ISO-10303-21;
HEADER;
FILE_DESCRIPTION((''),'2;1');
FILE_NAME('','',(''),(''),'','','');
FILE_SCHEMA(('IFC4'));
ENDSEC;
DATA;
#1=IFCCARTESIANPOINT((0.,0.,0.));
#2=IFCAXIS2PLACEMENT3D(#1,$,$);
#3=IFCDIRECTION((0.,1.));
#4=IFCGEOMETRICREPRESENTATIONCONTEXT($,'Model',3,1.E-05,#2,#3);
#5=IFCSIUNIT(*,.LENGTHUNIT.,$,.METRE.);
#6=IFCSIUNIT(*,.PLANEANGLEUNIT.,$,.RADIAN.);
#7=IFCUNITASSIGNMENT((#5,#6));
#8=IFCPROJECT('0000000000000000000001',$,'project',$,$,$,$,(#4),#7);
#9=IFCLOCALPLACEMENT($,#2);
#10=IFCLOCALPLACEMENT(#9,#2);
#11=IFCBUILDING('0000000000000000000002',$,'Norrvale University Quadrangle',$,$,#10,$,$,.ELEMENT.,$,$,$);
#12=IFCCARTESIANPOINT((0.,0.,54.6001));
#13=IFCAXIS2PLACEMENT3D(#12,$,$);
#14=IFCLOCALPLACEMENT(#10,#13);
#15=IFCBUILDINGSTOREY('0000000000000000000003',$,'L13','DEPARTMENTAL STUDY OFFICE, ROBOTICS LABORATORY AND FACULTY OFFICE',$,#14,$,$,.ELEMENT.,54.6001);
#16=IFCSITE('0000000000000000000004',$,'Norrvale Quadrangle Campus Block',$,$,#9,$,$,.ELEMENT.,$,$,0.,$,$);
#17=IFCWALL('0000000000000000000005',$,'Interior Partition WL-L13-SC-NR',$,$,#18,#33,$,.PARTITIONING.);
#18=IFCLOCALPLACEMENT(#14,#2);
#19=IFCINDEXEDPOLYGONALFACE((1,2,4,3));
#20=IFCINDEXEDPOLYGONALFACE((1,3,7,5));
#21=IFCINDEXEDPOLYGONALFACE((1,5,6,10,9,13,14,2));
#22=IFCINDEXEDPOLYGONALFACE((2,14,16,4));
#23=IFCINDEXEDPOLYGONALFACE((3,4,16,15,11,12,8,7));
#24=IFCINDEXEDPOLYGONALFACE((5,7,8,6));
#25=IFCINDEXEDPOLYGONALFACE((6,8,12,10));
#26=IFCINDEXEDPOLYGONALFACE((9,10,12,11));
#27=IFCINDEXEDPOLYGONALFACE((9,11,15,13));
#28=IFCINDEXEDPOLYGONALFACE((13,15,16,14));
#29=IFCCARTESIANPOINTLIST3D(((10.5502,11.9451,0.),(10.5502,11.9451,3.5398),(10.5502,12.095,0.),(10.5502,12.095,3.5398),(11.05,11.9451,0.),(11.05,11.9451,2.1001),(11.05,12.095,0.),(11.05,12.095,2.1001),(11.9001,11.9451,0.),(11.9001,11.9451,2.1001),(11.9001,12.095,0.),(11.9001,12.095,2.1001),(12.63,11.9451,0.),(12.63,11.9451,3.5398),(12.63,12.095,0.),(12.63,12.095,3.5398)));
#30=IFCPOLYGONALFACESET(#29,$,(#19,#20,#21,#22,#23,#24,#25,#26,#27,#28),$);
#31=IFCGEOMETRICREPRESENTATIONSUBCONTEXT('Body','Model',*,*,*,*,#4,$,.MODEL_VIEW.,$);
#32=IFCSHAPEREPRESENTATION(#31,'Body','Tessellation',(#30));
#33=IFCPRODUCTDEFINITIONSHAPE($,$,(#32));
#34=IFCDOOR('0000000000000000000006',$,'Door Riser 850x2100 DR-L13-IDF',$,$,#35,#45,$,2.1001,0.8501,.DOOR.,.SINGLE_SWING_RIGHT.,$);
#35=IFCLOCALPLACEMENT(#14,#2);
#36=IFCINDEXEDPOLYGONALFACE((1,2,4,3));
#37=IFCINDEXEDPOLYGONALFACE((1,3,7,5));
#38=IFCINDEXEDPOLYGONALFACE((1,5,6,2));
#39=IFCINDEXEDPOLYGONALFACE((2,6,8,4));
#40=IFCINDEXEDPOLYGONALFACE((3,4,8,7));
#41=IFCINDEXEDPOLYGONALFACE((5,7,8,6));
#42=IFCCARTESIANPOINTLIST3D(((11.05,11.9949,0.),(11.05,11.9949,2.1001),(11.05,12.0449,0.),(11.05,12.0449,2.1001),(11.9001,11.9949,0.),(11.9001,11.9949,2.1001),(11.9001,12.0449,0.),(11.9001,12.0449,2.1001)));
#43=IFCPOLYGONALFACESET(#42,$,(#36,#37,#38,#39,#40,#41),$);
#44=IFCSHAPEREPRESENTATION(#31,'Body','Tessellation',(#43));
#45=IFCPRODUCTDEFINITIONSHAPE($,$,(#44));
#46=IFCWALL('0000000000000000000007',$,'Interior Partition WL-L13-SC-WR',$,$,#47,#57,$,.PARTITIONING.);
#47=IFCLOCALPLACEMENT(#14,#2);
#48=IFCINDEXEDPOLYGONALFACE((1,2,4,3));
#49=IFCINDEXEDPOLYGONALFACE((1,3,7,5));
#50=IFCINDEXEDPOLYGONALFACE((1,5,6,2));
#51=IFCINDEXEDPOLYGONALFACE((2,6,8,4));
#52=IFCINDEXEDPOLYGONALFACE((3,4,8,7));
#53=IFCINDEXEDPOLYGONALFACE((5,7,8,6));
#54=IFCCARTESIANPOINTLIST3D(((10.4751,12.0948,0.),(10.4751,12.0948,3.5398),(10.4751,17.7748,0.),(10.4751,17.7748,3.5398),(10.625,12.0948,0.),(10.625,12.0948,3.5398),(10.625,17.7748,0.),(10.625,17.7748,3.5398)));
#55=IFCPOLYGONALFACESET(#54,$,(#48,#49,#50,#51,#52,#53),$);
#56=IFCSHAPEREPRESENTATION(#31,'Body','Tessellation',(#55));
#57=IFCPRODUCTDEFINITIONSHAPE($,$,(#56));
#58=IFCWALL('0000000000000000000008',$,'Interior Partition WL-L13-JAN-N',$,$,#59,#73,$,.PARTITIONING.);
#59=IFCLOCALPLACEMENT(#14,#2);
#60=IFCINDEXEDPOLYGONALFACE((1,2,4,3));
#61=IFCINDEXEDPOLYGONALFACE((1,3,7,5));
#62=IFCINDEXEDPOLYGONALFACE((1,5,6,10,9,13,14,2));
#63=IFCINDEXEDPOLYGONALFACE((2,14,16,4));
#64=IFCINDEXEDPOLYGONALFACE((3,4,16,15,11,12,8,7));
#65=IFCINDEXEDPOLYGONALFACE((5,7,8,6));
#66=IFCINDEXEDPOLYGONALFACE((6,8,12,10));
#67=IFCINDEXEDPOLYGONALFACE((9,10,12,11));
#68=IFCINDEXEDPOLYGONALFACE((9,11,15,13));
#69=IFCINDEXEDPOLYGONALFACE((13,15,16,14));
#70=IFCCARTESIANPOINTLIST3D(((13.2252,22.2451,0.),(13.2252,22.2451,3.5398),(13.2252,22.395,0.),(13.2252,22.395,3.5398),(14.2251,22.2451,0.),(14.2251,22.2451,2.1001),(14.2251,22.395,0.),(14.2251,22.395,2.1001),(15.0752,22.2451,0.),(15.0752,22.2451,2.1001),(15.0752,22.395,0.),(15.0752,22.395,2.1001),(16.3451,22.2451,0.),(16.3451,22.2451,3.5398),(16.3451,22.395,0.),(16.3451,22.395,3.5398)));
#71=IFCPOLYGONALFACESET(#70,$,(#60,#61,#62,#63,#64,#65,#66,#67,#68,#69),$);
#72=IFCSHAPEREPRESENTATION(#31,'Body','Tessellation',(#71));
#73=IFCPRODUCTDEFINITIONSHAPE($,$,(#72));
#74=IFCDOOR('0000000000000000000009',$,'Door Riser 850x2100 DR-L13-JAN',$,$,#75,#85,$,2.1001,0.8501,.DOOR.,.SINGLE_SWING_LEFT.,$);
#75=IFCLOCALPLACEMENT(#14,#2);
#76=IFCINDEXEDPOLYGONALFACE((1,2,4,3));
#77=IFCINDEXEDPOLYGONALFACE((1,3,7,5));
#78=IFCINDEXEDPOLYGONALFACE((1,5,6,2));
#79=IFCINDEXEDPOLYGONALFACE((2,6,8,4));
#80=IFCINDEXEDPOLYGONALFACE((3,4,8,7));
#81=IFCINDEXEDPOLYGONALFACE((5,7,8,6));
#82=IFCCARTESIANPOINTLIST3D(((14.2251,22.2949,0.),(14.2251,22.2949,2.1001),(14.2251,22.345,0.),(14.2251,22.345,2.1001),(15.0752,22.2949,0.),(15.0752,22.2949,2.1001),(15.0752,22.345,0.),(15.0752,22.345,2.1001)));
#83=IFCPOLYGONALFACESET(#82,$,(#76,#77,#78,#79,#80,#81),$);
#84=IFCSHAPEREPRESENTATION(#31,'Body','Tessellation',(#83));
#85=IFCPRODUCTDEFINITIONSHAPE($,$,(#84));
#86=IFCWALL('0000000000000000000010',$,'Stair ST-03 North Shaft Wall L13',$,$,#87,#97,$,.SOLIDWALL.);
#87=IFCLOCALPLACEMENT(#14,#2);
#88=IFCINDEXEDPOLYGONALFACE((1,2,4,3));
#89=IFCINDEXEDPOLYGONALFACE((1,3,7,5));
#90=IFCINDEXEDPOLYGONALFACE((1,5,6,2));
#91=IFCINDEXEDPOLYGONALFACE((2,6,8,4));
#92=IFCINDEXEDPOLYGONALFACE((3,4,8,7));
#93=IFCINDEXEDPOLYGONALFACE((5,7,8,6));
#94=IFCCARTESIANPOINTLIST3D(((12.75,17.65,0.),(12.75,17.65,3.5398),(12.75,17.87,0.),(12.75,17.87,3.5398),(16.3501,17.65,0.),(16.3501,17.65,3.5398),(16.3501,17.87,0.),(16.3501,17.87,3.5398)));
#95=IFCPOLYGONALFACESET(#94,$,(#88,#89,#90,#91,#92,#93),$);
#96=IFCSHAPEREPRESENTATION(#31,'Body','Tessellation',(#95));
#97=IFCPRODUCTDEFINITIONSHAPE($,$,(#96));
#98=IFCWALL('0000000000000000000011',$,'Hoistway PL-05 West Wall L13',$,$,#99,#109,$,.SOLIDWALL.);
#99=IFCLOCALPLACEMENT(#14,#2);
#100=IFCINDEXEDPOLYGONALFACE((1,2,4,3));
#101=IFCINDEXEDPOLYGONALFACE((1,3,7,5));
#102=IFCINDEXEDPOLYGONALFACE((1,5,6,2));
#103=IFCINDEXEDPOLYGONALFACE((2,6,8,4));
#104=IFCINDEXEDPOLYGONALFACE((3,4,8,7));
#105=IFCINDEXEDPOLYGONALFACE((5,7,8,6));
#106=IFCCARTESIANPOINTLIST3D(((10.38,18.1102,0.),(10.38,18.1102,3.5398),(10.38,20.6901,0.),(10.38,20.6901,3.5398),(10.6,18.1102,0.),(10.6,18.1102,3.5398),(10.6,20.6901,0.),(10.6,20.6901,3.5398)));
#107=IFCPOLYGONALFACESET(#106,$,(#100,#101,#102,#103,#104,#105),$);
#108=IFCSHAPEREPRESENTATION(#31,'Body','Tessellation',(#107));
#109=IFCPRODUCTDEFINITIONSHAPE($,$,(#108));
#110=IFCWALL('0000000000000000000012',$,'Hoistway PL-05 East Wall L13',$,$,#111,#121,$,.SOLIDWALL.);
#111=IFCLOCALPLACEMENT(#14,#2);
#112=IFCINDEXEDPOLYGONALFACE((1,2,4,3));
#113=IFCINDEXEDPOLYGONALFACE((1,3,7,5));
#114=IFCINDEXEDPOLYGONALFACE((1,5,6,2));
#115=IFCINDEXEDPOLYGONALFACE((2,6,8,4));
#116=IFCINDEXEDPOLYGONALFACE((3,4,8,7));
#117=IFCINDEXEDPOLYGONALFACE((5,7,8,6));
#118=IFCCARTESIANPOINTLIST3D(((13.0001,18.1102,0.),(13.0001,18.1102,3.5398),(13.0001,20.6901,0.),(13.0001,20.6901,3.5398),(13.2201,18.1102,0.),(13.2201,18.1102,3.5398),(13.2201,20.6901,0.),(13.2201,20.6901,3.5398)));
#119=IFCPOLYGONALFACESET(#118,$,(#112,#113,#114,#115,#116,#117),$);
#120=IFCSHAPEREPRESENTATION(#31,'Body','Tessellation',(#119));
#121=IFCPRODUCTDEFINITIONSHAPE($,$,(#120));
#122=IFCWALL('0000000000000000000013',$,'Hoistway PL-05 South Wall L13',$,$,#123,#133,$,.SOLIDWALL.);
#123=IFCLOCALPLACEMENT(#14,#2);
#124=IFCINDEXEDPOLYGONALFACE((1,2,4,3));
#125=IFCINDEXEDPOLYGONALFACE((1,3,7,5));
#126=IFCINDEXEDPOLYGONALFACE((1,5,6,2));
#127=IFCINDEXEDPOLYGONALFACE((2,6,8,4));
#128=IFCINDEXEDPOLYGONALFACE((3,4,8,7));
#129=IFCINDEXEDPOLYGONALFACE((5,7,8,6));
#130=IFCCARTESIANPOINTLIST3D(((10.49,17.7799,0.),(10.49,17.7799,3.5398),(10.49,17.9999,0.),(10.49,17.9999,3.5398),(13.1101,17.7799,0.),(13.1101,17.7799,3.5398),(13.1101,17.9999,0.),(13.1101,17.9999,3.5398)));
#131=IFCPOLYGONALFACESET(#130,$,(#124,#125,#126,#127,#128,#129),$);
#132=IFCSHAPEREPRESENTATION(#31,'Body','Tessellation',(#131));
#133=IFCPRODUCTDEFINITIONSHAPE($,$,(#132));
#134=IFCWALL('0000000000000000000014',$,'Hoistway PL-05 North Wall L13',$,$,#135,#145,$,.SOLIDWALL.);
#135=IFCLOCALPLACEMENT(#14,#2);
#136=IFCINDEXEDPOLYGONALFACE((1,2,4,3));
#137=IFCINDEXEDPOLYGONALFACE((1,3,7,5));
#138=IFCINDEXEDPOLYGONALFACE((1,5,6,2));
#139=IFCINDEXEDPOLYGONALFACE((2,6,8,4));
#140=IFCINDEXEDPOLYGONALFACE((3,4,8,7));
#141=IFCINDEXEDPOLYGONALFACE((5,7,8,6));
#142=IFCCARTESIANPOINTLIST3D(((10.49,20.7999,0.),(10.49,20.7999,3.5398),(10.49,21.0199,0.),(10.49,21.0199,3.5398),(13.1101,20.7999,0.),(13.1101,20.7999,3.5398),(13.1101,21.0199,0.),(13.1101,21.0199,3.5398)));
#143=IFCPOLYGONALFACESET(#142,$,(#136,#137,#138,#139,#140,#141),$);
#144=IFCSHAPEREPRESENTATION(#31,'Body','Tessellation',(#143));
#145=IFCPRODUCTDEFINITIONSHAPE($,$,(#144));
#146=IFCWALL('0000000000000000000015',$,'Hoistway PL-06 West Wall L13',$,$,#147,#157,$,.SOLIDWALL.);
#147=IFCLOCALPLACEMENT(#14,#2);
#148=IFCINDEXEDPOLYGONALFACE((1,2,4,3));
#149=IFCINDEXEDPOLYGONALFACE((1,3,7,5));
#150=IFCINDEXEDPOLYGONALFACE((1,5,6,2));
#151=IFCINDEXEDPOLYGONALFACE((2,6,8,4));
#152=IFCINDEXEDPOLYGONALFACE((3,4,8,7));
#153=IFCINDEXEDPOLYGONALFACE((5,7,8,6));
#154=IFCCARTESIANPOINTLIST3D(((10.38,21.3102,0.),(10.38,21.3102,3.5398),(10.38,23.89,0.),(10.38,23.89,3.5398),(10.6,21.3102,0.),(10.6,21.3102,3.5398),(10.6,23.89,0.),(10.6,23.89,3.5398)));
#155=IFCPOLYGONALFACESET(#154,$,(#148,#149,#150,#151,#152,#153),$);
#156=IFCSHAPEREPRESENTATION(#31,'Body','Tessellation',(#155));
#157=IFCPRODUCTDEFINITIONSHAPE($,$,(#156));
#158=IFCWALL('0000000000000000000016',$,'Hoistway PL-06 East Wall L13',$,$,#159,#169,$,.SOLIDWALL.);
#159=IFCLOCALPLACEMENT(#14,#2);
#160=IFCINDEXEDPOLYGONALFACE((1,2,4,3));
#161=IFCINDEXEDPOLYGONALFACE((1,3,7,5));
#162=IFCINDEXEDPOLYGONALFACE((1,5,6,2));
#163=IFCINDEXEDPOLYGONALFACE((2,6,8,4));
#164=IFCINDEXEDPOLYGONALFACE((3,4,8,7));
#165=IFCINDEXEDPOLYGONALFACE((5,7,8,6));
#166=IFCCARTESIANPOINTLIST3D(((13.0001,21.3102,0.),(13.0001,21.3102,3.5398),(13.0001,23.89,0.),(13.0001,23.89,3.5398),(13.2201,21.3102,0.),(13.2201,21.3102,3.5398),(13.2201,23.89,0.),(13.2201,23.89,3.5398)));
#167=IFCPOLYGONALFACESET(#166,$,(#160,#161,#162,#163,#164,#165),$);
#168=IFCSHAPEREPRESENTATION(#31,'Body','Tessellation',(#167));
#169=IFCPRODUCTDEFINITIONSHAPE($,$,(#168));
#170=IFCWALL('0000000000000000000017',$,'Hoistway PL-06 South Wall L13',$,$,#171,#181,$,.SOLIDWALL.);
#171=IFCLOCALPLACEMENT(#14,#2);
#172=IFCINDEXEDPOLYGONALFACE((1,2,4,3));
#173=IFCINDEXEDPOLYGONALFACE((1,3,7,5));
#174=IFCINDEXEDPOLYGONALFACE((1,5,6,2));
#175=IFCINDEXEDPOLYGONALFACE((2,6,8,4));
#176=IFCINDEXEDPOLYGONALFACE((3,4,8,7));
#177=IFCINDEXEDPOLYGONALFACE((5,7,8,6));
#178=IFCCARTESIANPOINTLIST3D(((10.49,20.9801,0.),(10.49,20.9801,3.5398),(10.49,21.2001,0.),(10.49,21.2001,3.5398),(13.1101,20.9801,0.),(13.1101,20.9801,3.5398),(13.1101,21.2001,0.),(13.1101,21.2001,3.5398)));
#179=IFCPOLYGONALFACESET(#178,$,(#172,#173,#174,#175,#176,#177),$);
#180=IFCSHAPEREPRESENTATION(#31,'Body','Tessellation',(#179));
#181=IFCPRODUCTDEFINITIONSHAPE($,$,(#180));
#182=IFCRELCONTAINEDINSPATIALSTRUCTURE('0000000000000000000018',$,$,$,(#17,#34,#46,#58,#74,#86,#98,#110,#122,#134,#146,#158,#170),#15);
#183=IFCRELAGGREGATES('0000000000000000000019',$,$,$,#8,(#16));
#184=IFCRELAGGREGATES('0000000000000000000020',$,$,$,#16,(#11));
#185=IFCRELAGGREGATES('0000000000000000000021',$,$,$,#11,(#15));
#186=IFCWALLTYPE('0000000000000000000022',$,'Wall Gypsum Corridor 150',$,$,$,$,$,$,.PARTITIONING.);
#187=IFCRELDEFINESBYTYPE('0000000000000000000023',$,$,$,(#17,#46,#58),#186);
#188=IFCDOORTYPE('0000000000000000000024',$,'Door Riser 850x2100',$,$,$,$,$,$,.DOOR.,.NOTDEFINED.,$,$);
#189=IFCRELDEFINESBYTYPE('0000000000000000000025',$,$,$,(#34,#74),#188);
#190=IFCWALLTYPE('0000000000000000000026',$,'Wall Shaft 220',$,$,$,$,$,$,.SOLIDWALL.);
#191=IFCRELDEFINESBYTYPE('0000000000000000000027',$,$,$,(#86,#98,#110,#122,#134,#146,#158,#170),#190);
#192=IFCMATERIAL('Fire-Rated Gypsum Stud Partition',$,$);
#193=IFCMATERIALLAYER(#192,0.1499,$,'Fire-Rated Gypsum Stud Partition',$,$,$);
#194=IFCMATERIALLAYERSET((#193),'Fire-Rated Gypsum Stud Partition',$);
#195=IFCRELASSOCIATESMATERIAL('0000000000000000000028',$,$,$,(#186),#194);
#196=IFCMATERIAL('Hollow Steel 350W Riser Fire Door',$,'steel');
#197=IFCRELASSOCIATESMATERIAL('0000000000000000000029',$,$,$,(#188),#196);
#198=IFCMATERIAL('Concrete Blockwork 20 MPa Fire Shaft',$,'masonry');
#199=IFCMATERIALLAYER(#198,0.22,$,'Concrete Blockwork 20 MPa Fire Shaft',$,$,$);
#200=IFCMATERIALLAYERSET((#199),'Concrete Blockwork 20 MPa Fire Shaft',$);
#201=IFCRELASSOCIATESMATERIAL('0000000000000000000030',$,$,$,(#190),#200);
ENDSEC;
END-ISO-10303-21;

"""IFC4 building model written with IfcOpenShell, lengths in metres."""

from ifc_helpers import new_model, si_unit, direction, frame, frame_2d, origin, place, context, subcontext, project, spatial, rectangle, extrude, material, layer, layer_set, type_object, element, fill, save


model = new_model("IFC4")

# Units and contexts
model_context = context("Model", 3, precision=1e-05, world=origin(), true_north=direction((0.0, 1.0)))
body_context = subcontext(model_context, "Body", "Model", "MODEL_VIEW")
ifc_project = project(units=[si_unit("LENGTHUNIT", "METRE"), si_unit("PLANEANGLEUNIT", "RADIAN")], contexts=[model_context])

# Site, building, storey
site_placement = place(None, origin())
site = spatial("IfcSite", under=ifc_project, at=site_placement, Name="Norrvale Quadrangle Campus Block", CompositionType="ELEMENT", RefElevation=0.0)
building_placement = place(site_placement, origin())
building = spatial("IfcBuilding", under=site, at=building_placement, Name="Norrvale University Quadrangle", CompositionType="ELEMENT")
storey_placement = place(building_placement, frame((0.0, 0.0, 54.6001)))
storey = spatial("IfcBuildingStorey", under=building, at=storey_placement, Name="L13", Description="DEPARTMENTAL STUDY OFFICE, ROBOTICS LABORATORY AND FACULTY OFFICE", CompositionType="ELEMENT", Elevation=54.6001)

# Wall, opening, door
ifc_material_1 = material(Name="Fire-Rated Gypsum Stud Partition")
ifc_layer_1 = layer(ifc_material_1, 0.1499, Name="Fire-Rated Gypsum Stud Partition")
ifc_layer_set_1 = layer_set([ifc_layer_1], Name="Fire-Rated Gypsum Stud Partition")
wall_type_1 = type_object("IfcWallType", Name="Wall Gypsum Corridor 150", PredefinedType="PARTITIONING", material=ifc_layer_set_1)
wall_1_placement = place(storey_placement, frame((10.55, 12.02, 0.0), z_axis=(0.0, 0.0, 1.0), x_axis=(1.0, 0.0, 0.0)))
wall_1 = element("IfcWall", 1, at=wall_1_placement, inside=storey, type_object=wall_type_1, Name="Interior Partition WL-L13-SC-NR", PredefinedType="PARTITIONING", context=body_context, shape_type="SweptSolid", body=[
    extrude(rectangle(XDim=2.0798, YDim=0.1499, at=frame_2d((1.04, 0.0))), origin(), (0.0, 0.0, 1.0), 3.5398),
])
opening_1_placement = place(wall_1_placement, frame((0.5, 0.0, 0.0)))
opening_1 = element("IfcOpeningElement", 2, at=opening_1_placement, cuts=wall_1, PredefinedType="OPENING", context=body_context, shape_type="SweptSolid", body=[
    extrude(rectangle(XDim=0.8501, YDim=2.1001, at=frame_2d((0.425, 1.05))), frame((0.0, 0.0869, 0.0), z_axis=(0.0, -1.0, 0.0), x_axis=(1.0, 0.0, 0.0)), (0.0, 0.0, 1.0), 0.1738),
])
ifc_material_2 = material(Name="Hollow Steel 350W Riser Fire Door", Category="steel")
door_type = type_object("IfcDoorType", Name="Door Riser 850x2100", OperationType="NOTDEFINED", PredefinedType="DOOR", material=ifc_material_2)
door_1_placement = place(opening_1_placement, origin())
door_1 = element("IfcDoor", 3, at=door_1_placement, inside=storey, type_object=door_type, Name="Door Riser 850x2100 DR-L13-IDF", OperationType="SINGLE_SWING_RIGHT", OverallHeight=2.1001, OverallWidth=0.8501, PredefinedType="DOOR", context=body_context, shape_type="SweptSolid", body=[
    extrude(rectangle(XDim=0.8501, YDim=2.1001, at=frame_2d((0.425, 1.05))), frame((0.0, 0.0249, 0.0), z_axis=(0.0, -1.0, 0.0), x_axis=(1.0, 0.0, 0.0)), (0.0, 0.0, 1.0), 0.05),
])
fill(opening_1, door_1)

# Wall
wall_2_placement = place(storey_placement, frame((10.55, 12.095, 0.0), z_axis=(0.0, 0.0, 1.0), x_axis=(0.0, 1.0, 0.0)))
element("IfcWall", 4, at=wall_2_placement, inside=storey, type_object=wall_type_1, Name="Interior Partition WL-L13-SC-WR", PredefinedType="PARTITIONING", context=body_context, shape_type="SweptSolid", body=[
    extrude(rectangle(XDim=5.6799, YDim=0.1499, at=frame_2d((2.8398, 0.0))), origin(), (0.0, 0.0, 1.0), 3.5398),
])

# Wall, opening, door
wall_3_placement = place(storey_placement, frame((13.2251, 22.3201, 0.0), z_axis=(0.0, 0.0, 1.0), x_axis=(1.0, 0.0, 0.0)))
wall_3 = element("IfcWall", 5, at=wall_3_placement, inside=storey, type_object=wall_type_1, Name="Interior Partition WL-L13-JAN-N", PredefinedType="PARTITIONING", context=body_context, shape_type="SweptSolid", body=[
    extrude(rectangle(XDim=3.1199, YDim=0.1499, at=frame_2d((1.5601, 0.0))), origin(), (0.0, 0.0, 1.0), 3.5398),
])
opening_2_placement = place(wall_3_placement, frame((1.0, 0.0, 0.0)))
opening_2 = element("IfcOpeningElement", 6, at=opening_2_placement, cuts=wall_3, PredefinedType="OPENING", context=body_context, shape_type="SweptSolid", body=[
    extrude(rectangle(XDim=0.8501, YDim=2.1001, at=frame_2d((0.425, 1.05))), frame((0.0, 0.0869, 0.0), z_axis=(0.0, -1.0, 0.0), x_axis=(1.0, 0.0, 0.0)), (0.0, 0.0, 1.0), 0.1738),
])
door_2_placement = place(opening_2_placement, origin())
door_2 = element("IfcDoor", 7, at=door_2_placement, inside=storey, type_object=door_type, Name="Door Riser 850x2100 DR-L13-JAN", OperationType="SINGLE_SWING_LEFT", OverallHeight=2.1001, OverallWidth=0.8501, PredefinedType="DOOR", context=body_context, shape_type="SweptSolid", body=[
    extrude(rectangle(XDim=0.8501, YDim=2.1001, at=frame_2d((0.425, 1.05))), frame((0.0, 0.0249, 0.0), z_axis=(0.0, -1.0, 0.0), x_axis=(1.0, 0.0, 0.0)), (0.0, 0.0, 1.0), 0.05),
])
fill(opening_2, door_2)

# Walls
ifc_material_3 = material(Name="Concrete Blockwork 20 MPa Fire Shaft", Category="masonry")
ifc_layer_2 = layer(ifc_material_3, 0.22, Name="Concrete Blockwork 20 MPa Fire Shaft")
ifc_layer_set_2 = layer_set([ifc_layer_2], Name="Concrete Blockwork 20 MPa Fire Shaft")
wall_type_2 = type_object("IfcWallType", Name="Wall Shaft 220", PredefinedType="SOLIDWALL", material=ifc_layer_set_2)
wall_4_placement = place(storey_placement, frame((12.75, 17.76, 0.0), z_axis=(0.0, 0.0, 1.0), x_axis=(1.0, 0.0, 0.0)))
element("IfcWall", 8, at=wall_4_placement, inside=storey, type_object=wall_type_2, Name="Stair ST-03 North Shaft Wall L13", PredefinedType="SOLIDWALL", context=body_context, shape_type="SweptSolid", body=[
    extrude(rectangle(XDim=3.6001, YDim=0.22, at=frame_2d((1.8, 0.0))), origin(), (0.0, 0.0, 1.0), 3.5398),
])
for number, where, z_axis, x_axis, name in (
    (9, (10.49, 18.1101, 0.0), (0.0, 0.0, 1.0), (0.0, 1.0, 0.0), "Hoistway PL-05 West Wall L13"),
    (10, (13.1101, 18.1101, 0.0), (0.0, 0.0, 1.0), (0.0, 1.0, 0.0), "Hoistway PL-05 East Wall L13"),
):
    element("IfcWall", number, at=place(storey_placement, frame(where, z_axis=z_axis, x_axis=x_axis)), inside=storey, type_object=wall_type_2, Name=name, PredefinedType="SOLIDWALL", context=body_context, shape_type="SweptSolid", body=[
        extrude(rectangle(XDim=2.5798, YDim=0.22, at=frame_2d((1.29, 0.0))), origin(), (0.0, 0.0, 1.0), 3.5398),
    ])
for number, where, z_axis, x_axis, name in (
    (11, (10.49, 17.8899, 0.0), (0.0, 0.0, 1.0), (1.0, 0.0, 0.0), "Hoistway PL-05 South Wall L13"),
    (12, (10.49, 20.9099, 0.0), (0.0, 0.0, 1.0), (1.0, 0.0, 0.0), "Hoistway PL-05 North Wall L13"),
):
    element("IfcWall", number, at=place(storey_placement, frame(where, z_axis=z_axis, x_axis=x_axis)), inside=storey, type_object=wall_type_2, Name=name, PredefinedType="SOLIDWALL", context=body_context, shape_type="SweptSolid", body=[
        extrude(rectangle(XDim=2.6201, YDim=0.22, at=frame_2d((1.3101, 0.0))), origin(), (0.0, 0.0, 1.0), 3.5398),
    ])
for number, where, z_axis, x_axis, name in (
    (13, (10.49, 21.3101, 0.0), (0.0, 0.0, 1.0), (0.0, 1.0, 0.0), "Hoistway PL-06 West Wall L13"),
    (14, (13.1101, 21.3101, 0.0), (0.0, 0.0, 1.0), (0.0, 1.0, 0.0), "Hoistway PL-06 East Wall L13"),
):
    element("IfcWall", number, at=place(storey_placement, frame(where, z_axis=z_axis, x_axis=x_axis)), inside=storey, type_object=wall_type_2, Name=name, PredefinedType="SOLIDWALL", context=body_context, shape_type="SweptSolid", body=[
        extrude(rectangle(XDim=2.5798, YDim=0.22, at=frame_2d((1.29, 0.0))), origin(), (0.0, 0.0, 1.0), 3.5398),
    ])
wall_5_placement = place(storey_placement, frame((10.49, 21.0901, 0.0), z_axis=(0.0, 0.0, 1.0), x_axis=(1.0, 0.0, 0.0)))
element("IfcWall", 15, at=wall_5_placement, inside=storey, type_object=wall_type_2, Name="Hoistway PL-06 South Wall L13", PredefinedType="SOLIDWALL", context=body_context, shape_type="SweptSolid", body=[
    extrude(rectangle(XDim=2.6201, YDim=0.22, at=frame_2d((1.3101, 0.0))), origin(), (0.0, 0.0, 1.0), 3.5398),
])

save(model, "model.ifc")
